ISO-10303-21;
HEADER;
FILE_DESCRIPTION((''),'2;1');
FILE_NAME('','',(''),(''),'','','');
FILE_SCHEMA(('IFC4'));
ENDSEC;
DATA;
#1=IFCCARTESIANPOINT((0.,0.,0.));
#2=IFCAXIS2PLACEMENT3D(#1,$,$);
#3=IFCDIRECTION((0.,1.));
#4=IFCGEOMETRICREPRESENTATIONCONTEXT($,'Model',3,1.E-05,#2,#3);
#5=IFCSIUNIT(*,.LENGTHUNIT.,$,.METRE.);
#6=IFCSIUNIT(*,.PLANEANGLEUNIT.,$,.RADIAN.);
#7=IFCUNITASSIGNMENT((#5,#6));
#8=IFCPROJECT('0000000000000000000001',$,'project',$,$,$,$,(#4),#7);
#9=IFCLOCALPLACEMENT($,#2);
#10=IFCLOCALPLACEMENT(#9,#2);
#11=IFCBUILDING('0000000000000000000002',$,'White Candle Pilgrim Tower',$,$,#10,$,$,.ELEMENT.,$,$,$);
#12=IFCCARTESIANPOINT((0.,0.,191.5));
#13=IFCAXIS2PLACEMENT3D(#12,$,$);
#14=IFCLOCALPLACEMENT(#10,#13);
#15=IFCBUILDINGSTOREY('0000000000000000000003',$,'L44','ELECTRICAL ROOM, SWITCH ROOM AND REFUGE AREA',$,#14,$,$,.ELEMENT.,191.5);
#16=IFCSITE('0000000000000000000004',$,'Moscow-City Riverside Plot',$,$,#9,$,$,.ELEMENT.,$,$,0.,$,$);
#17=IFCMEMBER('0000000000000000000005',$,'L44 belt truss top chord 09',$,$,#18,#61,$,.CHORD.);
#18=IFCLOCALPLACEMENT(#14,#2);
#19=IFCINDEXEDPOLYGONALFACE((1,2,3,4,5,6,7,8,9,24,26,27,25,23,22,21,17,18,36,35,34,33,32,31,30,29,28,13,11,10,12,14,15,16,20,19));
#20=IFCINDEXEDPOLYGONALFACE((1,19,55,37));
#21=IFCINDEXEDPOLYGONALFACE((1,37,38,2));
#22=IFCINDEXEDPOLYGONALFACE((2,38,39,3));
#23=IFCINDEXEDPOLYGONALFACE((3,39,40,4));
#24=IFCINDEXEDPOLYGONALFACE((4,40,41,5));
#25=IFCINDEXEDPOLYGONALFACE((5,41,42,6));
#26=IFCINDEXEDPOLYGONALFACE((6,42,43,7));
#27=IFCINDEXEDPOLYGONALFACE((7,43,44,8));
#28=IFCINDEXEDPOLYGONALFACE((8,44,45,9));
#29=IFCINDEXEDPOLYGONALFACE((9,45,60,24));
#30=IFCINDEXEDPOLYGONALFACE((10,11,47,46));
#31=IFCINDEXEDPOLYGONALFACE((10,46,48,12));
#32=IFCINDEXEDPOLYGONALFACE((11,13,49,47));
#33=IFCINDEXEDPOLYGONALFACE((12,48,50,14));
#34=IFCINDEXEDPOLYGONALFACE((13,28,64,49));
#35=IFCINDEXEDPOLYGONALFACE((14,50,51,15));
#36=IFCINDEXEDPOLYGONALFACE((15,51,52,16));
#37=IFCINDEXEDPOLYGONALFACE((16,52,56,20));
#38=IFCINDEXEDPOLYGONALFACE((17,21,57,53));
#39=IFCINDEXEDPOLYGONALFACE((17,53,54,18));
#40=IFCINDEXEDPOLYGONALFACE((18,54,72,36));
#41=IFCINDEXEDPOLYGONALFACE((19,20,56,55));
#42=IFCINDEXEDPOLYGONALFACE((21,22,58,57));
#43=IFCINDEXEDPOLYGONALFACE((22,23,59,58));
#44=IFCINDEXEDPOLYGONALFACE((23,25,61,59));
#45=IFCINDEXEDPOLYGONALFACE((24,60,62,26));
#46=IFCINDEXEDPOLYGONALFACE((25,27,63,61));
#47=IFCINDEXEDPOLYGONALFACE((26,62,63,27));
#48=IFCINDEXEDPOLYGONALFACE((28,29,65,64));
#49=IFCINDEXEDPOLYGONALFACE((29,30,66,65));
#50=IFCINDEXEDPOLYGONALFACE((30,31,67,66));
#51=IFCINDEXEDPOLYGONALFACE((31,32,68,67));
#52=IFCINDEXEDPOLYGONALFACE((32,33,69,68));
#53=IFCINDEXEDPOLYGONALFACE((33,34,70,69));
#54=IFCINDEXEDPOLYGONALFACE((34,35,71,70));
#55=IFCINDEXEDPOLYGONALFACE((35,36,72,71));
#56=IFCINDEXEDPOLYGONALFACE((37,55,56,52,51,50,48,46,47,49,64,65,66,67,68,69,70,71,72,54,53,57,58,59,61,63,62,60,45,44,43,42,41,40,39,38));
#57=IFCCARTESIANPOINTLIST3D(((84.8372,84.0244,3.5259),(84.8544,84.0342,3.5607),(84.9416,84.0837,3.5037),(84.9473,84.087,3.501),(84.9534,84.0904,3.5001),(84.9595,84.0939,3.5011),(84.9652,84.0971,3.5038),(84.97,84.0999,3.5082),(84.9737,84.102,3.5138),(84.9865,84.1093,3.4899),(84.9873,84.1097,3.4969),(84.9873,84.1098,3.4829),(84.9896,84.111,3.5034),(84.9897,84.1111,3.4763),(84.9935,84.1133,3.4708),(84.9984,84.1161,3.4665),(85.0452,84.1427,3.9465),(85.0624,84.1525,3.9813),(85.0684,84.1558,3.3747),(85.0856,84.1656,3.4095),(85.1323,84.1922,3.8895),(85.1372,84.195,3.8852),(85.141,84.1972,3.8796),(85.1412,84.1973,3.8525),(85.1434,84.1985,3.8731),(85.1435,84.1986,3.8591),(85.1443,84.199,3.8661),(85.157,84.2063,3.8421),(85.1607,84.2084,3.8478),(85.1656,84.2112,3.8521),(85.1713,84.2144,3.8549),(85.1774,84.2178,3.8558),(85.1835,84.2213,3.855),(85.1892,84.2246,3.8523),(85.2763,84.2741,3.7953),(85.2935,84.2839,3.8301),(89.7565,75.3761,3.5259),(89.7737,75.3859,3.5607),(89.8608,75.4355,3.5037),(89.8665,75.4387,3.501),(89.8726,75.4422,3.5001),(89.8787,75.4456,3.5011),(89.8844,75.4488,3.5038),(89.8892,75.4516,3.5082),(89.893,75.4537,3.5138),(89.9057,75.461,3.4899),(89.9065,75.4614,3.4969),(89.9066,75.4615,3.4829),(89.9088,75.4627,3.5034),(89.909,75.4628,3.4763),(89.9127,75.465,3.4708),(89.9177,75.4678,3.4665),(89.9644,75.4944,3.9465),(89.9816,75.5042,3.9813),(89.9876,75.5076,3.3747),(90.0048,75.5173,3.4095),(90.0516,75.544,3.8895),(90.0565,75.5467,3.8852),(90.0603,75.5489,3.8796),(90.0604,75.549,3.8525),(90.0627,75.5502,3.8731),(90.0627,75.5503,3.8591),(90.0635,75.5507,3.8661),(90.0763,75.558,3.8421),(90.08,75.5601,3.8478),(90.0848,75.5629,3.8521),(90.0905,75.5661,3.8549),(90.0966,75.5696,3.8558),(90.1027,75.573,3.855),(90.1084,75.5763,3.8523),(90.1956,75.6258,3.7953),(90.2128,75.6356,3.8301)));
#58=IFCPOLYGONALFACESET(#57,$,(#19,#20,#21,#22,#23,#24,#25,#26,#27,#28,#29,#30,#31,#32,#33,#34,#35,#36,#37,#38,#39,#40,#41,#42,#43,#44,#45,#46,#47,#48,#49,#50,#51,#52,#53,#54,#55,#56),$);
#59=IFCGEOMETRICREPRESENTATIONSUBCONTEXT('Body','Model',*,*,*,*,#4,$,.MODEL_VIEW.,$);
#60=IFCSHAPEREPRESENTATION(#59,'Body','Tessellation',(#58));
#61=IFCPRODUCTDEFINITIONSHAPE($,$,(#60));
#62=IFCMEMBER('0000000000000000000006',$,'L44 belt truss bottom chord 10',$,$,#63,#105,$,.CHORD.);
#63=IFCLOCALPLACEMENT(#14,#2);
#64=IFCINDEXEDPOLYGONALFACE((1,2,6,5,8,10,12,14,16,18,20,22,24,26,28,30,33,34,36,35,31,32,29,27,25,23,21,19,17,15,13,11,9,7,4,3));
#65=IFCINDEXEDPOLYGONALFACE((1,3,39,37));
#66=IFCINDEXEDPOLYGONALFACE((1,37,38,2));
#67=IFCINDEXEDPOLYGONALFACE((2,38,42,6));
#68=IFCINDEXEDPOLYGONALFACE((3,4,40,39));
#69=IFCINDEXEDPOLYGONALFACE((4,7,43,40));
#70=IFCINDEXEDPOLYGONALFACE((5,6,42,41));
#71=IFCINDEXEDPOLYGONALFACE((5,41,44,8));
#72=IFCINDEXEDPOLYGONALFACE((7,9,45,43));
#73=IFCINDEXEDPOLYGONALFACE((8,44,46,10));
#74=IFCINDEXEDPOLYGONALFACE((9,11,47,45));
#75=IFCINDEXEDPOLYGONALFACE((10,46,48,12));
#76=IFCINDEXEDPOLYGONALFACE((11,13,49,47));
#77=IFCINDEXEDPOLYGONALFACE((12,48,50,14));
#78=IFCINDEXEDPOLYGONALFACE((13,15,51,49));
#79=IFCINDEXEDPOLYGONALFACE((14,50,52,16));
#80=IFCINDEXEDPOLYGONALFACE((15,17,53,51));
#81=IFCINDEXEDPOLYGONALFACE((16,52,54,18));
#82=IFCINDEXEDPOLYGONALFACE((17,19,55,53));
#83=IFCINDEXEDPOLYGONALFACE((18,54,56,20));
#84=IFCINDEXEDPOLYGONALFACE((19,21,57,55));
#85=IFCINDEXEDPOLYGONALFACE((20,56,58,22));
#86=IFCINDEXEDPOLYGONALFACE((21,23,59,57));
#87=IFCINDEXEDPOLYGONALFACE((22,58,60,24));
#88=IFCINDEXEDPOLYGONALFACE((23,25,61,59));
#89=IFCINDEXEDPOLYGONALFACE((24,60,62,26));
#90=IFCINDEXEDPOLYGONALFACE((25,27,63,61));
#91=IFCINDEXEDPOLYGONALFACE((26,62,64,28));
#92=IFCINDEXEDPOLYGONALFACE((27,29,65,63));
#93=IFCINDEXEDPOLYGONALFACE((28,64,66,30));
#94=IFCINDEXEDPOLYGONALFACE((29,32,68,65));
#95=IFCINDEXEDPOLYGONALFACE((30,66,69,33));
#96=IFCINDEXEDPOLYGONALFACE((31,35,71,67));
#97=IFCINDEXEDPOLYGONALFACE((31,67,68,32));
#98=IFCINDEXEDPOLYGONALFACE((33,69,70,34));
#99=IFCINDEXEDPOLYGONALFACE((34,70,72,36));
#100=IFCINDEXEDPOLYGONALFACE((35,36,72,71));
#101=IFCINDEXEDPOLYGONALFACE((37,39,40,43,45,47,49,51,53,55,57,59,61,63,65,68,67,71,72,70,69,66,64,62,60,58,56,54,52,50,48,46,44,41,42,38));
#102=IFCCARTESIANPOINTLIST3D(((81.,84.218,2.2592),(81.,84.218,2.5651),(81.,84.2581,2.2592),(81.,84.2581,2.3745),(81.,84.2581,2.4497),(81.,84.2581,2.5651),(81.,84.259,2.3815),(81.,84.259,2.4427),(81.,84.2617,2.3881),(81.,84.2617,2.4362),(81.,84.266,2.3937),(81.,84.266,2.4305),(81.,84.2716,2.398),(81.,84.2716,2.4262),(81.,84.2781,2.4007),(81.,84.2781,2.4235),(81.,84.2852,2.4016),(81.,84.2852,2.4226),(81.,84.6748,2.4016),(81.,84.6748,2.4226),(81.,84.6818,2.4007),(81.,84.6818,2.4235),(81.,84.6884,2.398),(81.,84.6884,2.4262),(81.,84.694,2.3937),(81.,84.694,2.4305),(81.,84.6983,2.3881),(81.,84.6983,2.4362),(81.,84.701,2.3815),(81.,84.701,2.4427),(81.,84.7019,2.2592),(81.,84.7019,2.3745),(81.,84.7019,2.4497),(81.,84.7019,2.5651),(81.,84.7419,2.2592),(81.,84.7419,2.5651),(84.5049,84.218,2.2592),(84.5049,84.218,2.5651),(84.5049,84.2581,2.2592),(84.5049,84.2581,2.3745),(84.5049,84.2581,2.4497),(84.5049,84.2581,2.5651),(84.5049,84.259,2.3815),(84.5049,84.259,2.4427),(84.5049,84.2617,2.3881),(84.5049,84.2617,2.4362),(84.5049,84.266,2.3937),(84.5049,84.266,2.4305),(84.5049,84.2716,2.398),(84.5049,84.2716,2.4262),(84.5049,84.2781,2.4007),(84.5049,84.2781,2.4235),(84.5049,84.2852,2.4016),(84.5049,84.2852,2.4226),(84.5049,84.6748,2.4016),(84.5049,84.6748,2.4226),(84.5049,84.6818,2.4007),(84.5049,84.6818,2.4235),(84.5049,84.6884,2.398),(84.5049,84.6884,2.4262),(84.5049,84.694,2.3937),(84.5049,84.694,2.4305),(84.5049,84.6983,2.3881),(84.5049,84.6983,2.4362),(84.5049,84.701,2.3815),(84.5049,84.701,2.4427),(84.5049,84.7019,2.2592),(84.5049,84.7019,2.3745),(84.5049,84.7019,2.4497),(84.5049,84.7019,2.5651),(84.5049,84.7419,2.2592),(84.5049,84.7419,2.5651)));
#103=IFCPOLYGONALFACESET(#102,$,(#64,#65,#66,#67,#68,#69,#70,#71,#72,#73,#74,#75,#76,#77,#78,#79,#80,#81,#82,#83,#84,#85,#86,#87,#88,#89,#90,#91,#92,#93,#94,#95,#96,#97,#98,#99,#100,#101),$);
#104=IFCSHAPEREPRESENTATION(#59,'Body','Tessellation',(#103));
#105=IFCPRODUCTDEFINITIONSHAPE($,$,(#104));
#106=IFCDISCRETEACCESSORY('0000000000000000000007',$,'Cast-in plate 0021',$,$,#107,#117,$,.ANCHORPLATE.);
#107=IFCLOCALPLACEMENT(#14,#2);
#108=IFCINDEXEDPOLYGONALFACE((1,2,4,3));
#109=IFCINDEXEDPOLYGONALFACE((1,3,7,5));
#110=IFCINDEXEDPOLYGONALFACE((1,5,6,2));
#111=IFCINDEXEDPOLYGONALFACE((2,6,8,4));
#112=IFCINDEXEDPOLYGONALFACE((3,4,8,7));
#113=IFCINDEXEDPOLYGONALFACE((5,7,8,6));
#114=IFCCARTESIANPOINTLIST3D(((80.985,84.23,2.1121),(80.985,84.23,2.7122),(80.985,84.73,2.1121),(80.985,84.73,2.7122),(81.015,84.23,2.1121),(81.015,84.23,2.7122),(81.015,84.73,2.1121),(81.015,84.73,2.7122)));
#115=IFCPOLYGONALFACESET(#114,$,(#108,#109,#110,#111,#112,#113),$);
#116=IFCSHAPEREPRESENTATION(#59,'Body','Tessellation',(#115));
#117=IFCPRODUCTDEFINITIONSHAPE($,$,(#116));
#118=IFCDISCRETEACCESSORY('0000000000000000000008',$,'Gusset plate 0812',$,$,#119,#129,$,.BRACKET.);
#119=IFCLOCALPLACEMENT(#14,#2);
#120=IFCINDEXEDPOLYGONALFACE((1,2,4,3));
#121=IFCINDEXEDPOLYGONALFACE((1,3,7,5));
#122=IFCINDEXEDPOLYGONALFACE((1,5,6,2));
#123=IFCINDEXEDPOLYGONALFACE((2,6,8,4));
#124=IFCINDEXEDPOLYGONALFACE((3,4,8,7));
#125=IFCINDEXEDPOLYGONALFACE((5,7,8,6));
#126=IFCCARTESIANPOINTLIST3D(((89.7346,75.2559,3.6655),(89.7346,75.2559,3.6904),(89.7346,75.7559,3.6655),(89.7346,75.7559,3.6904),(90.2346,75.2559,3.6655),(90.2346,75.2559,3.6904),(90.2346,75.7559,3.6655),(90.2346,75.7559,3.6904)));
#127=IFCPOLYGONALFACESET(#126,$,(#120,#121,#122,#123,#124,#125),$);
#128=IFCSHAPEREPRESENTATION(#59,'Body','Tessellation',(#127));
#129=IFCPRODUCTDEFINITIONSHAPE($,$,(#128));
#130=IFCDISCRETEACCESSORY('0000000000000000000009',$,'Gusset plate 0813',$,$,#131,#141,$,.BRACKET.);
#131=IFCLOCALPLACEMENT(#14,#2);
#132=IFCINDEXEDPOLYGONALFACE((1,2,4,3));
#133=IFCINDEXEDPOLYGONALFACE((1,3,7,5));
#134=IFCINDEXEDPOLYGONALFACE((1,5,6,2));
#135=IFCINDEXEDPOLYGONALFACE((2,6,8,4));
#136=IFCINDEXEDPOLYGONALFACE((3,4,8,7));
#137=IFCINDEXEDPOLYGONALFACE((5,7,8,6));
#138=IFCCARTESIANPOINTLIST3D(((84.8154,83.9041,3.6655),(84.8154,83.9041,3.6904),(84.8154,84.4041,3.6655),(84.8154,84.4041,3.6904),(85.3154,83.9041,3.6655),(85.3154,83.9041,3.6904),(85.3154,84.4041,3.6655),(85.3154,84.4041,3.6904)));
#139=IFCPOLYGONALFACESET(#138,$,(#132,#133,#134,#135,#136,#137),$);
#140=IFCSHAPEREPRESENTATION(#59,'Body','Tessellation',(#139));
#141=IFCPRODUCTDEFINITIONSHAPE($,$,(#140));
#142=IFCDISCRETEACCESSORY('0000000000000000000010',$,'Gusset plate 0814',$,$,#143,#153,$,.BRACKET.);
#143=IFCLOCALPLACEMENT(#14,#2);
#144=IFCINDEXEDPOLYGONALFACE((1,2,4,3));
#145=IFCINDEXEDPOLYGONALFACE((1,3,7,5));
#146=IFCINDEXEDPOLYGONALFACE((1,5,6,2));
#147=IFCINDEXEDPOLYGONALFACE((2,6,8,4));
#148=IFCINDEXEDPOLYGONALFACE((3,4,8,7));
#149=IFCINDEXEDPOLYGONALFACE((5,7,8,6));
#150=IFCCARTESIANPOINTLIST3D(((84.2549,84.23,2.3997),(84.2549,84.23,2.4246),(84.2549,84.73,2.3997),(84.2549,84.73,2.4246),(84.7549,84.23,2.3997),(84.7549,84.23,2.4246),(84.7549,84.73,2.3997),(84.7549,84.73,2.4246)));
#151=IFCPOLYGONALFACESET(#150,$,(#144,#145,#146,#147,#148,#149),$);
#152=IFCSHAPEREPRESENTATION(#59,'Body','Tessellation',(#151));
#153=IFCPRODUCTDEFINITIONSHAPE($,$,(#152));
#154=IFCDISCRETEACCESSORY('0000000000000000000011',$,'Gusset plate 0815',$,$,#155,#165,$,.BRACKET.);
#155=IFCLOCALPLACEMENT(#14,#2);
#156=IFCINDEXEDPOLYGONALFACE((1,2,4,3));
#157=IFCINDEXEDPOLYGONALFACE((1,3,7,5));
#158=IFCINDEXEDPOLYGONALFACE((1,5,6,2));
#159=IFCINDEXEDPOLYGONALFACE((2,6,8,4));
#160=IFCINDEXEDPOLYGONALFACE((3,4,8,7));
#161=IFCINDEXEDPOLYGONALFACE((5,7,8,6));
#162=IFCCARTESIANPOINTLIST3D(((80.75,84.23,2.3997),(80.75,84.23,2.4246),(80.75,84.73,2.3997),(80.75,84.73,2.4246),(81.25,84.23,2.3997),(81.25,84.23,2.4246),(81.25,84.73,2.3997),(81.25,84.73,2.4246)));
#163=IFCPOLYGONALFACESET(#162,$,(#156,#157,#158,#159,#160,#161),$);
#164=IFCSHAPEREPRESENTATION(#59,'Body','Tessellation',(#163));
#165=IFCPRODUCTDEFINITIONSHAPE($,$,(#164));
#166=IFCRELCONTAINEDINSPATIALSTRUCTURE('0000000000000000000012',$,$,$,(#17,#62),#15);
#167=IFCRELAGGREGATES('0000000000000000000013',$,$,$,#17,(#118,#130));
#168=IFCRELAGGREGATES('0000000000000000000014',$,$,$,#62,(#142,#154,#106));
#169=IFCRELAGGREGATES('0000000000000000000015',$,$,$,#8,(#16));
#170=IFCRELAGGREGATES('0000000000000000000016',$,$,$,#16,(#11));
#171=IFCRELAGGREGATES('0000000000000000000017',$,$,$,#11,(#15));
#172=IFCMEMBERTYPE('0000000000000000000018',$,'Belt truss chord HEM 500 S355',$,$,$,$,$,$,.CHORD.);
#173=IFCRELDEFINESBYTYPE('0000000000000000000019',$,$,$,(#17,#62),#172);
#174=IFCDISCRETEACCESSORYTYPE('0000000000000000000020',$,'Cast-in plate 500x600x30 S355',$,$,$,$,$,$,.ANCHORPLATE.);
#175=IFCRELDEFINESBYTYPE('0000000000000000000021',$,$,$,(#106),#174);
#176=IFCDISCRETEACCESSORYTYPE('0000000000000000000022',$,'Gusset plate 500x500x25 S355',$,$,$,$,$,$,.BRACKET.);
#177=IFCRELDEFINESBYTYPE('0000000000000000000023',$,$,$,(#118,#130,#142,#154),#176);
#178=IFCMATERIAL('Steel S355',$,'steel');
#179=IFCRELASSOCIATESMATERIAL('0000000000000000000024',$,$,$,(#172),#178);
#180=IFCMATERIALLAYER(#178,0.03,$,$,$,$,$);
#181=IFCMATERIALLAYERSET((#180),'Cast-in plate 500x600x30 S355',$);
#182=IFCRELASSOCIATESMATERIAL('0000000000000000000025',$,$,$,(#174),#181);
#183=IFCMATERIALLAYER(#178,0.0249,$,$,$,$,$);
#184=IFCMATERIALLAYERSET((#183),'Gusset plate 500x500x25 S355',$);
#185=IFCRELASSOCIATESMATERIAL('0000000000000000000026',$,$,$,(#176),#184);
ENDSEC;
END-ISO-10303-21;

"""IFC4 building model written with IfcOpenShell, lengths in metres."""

from ifc_helpers import new_model, si_unit, direction, frame, origin, origin_2d, place, context, subcontext, project, spatial, rectangle, i_section, extrude, material, layer, layer_set, material_profile, profile_set, type_object, element, aggregate, save


model = new_model("IFC4")

# Units and contexts
model_context = context("Model", 3, precision=1e-05, world=origin(), true_north=direction((0.0, 1.0)))
body_context = subcontext(model_context, "Body", "Model", "MODEL_VIEW")
ifc_project = project(units=[si_unit("LENGTHUNIT", "METRE"), si_unit("PLANEANGLEUNIT", "RADIAN")], contexts=[model_context])

# Site, building, storey
site_placement = place(None, origin())
site = spatial("IfcSite", under=ifc_project, at=site_placement, Name="Moscow-City Riverside Plot", CompositionType="ELEMENT", RefElevation=0.0)
building_placement = place(site_placement, origin())
building = spatial("IfcBuilding", under=site, at=building_placement, Name="White Candle Pilgrim Tower", CompositionType="ELEMENT")
storey_placement = place(building_placement, frame((0.0, 0.0, 191.5)))
storey = spatial("IfcBuildingStorey", under=building, at=storey_placement, Name="L44", Description="ELECTRICAL ROOM, SWITCH ROOM AND REFUGE AREA", CompositionType="ELEMENT", Elevation=191.5)

# Members
ifc_material_1 = material(Name="Steel S355", Category="steel")
ifc_material_profile_1 = material_profile(ifc_material_1, i_section(OverallWidth=0.3059, OverallDepth=0.5239, WebThickness=0.021, FlangeThickness=0.04, FilletRadius=0.0271, at=origin_2d()), Name="HEM 500")
ifc_profile_set_1 = profile_set([ifc_material_profile_1], Name="Steel S355")
member_type_1 = type_object("IfcMemberType", Name="Belt truss chord HEM 500 S355", PredefinedType="CHORD", material=ifc_profile_set_1)
member_1_placement = place(storey_placement, frame((89.9846, 75.5059, 3.678), z_axis=(-0.494423, 0.869221, 0.0), x_axis=(0.755546, 0.429763, -0.494423)))
member_1 = element("IfcMember", 1, at=member_1_placement, inside=storey, type_object=member_type_1, Name="L44 belt truss top chord 09", PredefinedType="CHORD", context=body_context, shape_type="SweptSolid", body=[
    extrude(i_section(OverallWidth=0.3059, OverallDepth=0.5239, WebThickness=0.021, FlangeThickness=0.04, FilletRadius=0.0271, at=origin_2d()), origin(), (0.0, 0.0, 1.0), 9.9495),
])
member_2_placement = place(storey_placement, frame((84.5049, 84.48, 2.4121), z_axis=(-1.0, 0.0, 0.0), x_axis=(0.0, 0.0, -1.0)))
member_2 = element("IfcMember", 2, at=member_2_placement, inside=storey, type_object=member_type_1, Name="L44 belt truss bottom chord 10", PredefinedType="CHORD", context=body_context, shape_type="SweptSolid", body=[
    extrude(i_section(OverallWidth=0.3059, OverallDepth=0.5239, WebThickness=0.021, FlangeThickness=0.04, FilletRadius=0.0271, at=origin_2d()), origin(), (0.0, 0.0, 1.0), 3.5049),
])

# Discrete accessories
ifc_layer_1 = layer(ifc_material_1, 0.03)
ifc_layer_set_1 = layer_set([ifc_layer_1], Name="Cast-in plate 500x600x30 S355")
discrete_accessory_type_1 = type_object("IfcDiscreteAccessoryType", Name="Cast-in plate 500x600x30 S355", PredefinedType="ANCHORPLATE", material=ifc_layer_set_1)
discrete_accessory_1_placement = place(storey_placement, frame((81.0, 84.48, 2.1121), z_axis=(0.0, 0.0, 1.0), x_axis=(1.0, 0.0, 0.0)))
discrete_accessory_1 = element("IfcDiscreteAccessory", 3, at=discrete_accessory_1_placement, type_object=discrete_accessory_type_1, Name="Cast-in plate 0021", PredefinedType="ANCHORPLATE", context=body_context, shape_type="SweptSolid", body=[
    extrude(rectangle(XDim=0.03, YDim=0.5, at=origin_2d()), origin(), (0.0, 0.0, 1.0), 0.6001),
])
ifc_layer_2 = layer(ifc_material_1, 0.0249)
ifc_layer_set_2 = layer_set([ifc_layer_2], Name="Gusset plate 500x500x25 S355")
discrete_accessory_type_2 = type_object("IfcDiscreteAccessoryType", Name="Gusset plate 500x500x25 S355", PredefinedType="BRACKET", material=ifc_layer_set_2)
discrete_accessory_2_placement = place(storey_placement, frame((89.9846, 75.5059, 3.6655), z_axis=(0.0, 0.0, 1.0), x_axis=(1.0, 0.0, 0.0)))
discrete_accessory_2 = element("IfcDiscreteAccessory", 4, at=discrete_accessory_2_placement, type_object=discrete_accessory_type_2, Name="Gusset plate 0812", PredefinedType="BRACKET", context=body_context, shape_type="SweptSolid", body=[
    extrude(rectangle(XDim=0.5, YDim=0.5, at=origin_2d()), origin(), (0.0, 0.0, 1.0), 0.0249),
])
discrete_accessory_3_placement = place(storey_placement, frame((85.0654, 84.1541, 3.6655), z_axis=(0.0, 0.0, 1.0), x_axis=(1.0, 0.0, 0.0)))
discrete_accessory_3 = element("IfcDiscreteAccessory", 5, at=discrete_accessory_3_placement, type_object=discrete_accessory_type_2, Name="Gusset plate 0813", PredefinedType="BRACKET", context=body_context, shape_type="SweptSolid", body=[
    extrude(rectangle(XDim=0.5, YDim=0.5, at=origin_2d()), origin(), (0.0, 0.0, 1.0), 0.0249),
])
aggregate(member_1, [discrete_accessory_2, discrete_accessory_3])
discrete_accessory_4_placement = place(storey_placement, frame((84.5049, 84.48, 2.3997), z_axis=(0.0, 0.0, 1.0), x_axis=(1.0, 0.0, 0.0)))
discrete_accessory_4 = element("IfcDiscreteAccessory", 6, at=discrete_accessory_4_placement, type_object=discrete_accessory_type_2, Name="Gusset plate 0814", PredefinedType="BRACKET", context=body_context, shape_type="SweptSolid", body=[
    extrude(rectangle(XDim=0.5, YDim=0.5, at=origin_2d()), origin(), (0.0, 0.0, 1.0), 0.0249),
])
discrete_accessory_5_placement = place(storey_placement, frame((81.0, 84.48, 2.3997), z_axis=(0.0, 0.0, 1.0), x_axis=(1.0, 0.0, 0.0)))
discrete_accessory_5 = element("IfcDiscreteAccessory", 7, at=discrete_accessory_5_placement, type_object=discrete_accessory_type_2, Name="Gusset plate 0815", PredefinedType="BRACKET", context=body_context, shape_type="SweptSolid", body=[
    extrude(rectangle(XDim=0.5, YDim=0.5, at=origin_2d()), origin(), (0.0, 0.0, 1.0), 0.0249),
])
aggregate(member_2, [discrete_accessory_4, discrete_accessory_5, discrete_accessory_1])

save(model, "model.ifc")
